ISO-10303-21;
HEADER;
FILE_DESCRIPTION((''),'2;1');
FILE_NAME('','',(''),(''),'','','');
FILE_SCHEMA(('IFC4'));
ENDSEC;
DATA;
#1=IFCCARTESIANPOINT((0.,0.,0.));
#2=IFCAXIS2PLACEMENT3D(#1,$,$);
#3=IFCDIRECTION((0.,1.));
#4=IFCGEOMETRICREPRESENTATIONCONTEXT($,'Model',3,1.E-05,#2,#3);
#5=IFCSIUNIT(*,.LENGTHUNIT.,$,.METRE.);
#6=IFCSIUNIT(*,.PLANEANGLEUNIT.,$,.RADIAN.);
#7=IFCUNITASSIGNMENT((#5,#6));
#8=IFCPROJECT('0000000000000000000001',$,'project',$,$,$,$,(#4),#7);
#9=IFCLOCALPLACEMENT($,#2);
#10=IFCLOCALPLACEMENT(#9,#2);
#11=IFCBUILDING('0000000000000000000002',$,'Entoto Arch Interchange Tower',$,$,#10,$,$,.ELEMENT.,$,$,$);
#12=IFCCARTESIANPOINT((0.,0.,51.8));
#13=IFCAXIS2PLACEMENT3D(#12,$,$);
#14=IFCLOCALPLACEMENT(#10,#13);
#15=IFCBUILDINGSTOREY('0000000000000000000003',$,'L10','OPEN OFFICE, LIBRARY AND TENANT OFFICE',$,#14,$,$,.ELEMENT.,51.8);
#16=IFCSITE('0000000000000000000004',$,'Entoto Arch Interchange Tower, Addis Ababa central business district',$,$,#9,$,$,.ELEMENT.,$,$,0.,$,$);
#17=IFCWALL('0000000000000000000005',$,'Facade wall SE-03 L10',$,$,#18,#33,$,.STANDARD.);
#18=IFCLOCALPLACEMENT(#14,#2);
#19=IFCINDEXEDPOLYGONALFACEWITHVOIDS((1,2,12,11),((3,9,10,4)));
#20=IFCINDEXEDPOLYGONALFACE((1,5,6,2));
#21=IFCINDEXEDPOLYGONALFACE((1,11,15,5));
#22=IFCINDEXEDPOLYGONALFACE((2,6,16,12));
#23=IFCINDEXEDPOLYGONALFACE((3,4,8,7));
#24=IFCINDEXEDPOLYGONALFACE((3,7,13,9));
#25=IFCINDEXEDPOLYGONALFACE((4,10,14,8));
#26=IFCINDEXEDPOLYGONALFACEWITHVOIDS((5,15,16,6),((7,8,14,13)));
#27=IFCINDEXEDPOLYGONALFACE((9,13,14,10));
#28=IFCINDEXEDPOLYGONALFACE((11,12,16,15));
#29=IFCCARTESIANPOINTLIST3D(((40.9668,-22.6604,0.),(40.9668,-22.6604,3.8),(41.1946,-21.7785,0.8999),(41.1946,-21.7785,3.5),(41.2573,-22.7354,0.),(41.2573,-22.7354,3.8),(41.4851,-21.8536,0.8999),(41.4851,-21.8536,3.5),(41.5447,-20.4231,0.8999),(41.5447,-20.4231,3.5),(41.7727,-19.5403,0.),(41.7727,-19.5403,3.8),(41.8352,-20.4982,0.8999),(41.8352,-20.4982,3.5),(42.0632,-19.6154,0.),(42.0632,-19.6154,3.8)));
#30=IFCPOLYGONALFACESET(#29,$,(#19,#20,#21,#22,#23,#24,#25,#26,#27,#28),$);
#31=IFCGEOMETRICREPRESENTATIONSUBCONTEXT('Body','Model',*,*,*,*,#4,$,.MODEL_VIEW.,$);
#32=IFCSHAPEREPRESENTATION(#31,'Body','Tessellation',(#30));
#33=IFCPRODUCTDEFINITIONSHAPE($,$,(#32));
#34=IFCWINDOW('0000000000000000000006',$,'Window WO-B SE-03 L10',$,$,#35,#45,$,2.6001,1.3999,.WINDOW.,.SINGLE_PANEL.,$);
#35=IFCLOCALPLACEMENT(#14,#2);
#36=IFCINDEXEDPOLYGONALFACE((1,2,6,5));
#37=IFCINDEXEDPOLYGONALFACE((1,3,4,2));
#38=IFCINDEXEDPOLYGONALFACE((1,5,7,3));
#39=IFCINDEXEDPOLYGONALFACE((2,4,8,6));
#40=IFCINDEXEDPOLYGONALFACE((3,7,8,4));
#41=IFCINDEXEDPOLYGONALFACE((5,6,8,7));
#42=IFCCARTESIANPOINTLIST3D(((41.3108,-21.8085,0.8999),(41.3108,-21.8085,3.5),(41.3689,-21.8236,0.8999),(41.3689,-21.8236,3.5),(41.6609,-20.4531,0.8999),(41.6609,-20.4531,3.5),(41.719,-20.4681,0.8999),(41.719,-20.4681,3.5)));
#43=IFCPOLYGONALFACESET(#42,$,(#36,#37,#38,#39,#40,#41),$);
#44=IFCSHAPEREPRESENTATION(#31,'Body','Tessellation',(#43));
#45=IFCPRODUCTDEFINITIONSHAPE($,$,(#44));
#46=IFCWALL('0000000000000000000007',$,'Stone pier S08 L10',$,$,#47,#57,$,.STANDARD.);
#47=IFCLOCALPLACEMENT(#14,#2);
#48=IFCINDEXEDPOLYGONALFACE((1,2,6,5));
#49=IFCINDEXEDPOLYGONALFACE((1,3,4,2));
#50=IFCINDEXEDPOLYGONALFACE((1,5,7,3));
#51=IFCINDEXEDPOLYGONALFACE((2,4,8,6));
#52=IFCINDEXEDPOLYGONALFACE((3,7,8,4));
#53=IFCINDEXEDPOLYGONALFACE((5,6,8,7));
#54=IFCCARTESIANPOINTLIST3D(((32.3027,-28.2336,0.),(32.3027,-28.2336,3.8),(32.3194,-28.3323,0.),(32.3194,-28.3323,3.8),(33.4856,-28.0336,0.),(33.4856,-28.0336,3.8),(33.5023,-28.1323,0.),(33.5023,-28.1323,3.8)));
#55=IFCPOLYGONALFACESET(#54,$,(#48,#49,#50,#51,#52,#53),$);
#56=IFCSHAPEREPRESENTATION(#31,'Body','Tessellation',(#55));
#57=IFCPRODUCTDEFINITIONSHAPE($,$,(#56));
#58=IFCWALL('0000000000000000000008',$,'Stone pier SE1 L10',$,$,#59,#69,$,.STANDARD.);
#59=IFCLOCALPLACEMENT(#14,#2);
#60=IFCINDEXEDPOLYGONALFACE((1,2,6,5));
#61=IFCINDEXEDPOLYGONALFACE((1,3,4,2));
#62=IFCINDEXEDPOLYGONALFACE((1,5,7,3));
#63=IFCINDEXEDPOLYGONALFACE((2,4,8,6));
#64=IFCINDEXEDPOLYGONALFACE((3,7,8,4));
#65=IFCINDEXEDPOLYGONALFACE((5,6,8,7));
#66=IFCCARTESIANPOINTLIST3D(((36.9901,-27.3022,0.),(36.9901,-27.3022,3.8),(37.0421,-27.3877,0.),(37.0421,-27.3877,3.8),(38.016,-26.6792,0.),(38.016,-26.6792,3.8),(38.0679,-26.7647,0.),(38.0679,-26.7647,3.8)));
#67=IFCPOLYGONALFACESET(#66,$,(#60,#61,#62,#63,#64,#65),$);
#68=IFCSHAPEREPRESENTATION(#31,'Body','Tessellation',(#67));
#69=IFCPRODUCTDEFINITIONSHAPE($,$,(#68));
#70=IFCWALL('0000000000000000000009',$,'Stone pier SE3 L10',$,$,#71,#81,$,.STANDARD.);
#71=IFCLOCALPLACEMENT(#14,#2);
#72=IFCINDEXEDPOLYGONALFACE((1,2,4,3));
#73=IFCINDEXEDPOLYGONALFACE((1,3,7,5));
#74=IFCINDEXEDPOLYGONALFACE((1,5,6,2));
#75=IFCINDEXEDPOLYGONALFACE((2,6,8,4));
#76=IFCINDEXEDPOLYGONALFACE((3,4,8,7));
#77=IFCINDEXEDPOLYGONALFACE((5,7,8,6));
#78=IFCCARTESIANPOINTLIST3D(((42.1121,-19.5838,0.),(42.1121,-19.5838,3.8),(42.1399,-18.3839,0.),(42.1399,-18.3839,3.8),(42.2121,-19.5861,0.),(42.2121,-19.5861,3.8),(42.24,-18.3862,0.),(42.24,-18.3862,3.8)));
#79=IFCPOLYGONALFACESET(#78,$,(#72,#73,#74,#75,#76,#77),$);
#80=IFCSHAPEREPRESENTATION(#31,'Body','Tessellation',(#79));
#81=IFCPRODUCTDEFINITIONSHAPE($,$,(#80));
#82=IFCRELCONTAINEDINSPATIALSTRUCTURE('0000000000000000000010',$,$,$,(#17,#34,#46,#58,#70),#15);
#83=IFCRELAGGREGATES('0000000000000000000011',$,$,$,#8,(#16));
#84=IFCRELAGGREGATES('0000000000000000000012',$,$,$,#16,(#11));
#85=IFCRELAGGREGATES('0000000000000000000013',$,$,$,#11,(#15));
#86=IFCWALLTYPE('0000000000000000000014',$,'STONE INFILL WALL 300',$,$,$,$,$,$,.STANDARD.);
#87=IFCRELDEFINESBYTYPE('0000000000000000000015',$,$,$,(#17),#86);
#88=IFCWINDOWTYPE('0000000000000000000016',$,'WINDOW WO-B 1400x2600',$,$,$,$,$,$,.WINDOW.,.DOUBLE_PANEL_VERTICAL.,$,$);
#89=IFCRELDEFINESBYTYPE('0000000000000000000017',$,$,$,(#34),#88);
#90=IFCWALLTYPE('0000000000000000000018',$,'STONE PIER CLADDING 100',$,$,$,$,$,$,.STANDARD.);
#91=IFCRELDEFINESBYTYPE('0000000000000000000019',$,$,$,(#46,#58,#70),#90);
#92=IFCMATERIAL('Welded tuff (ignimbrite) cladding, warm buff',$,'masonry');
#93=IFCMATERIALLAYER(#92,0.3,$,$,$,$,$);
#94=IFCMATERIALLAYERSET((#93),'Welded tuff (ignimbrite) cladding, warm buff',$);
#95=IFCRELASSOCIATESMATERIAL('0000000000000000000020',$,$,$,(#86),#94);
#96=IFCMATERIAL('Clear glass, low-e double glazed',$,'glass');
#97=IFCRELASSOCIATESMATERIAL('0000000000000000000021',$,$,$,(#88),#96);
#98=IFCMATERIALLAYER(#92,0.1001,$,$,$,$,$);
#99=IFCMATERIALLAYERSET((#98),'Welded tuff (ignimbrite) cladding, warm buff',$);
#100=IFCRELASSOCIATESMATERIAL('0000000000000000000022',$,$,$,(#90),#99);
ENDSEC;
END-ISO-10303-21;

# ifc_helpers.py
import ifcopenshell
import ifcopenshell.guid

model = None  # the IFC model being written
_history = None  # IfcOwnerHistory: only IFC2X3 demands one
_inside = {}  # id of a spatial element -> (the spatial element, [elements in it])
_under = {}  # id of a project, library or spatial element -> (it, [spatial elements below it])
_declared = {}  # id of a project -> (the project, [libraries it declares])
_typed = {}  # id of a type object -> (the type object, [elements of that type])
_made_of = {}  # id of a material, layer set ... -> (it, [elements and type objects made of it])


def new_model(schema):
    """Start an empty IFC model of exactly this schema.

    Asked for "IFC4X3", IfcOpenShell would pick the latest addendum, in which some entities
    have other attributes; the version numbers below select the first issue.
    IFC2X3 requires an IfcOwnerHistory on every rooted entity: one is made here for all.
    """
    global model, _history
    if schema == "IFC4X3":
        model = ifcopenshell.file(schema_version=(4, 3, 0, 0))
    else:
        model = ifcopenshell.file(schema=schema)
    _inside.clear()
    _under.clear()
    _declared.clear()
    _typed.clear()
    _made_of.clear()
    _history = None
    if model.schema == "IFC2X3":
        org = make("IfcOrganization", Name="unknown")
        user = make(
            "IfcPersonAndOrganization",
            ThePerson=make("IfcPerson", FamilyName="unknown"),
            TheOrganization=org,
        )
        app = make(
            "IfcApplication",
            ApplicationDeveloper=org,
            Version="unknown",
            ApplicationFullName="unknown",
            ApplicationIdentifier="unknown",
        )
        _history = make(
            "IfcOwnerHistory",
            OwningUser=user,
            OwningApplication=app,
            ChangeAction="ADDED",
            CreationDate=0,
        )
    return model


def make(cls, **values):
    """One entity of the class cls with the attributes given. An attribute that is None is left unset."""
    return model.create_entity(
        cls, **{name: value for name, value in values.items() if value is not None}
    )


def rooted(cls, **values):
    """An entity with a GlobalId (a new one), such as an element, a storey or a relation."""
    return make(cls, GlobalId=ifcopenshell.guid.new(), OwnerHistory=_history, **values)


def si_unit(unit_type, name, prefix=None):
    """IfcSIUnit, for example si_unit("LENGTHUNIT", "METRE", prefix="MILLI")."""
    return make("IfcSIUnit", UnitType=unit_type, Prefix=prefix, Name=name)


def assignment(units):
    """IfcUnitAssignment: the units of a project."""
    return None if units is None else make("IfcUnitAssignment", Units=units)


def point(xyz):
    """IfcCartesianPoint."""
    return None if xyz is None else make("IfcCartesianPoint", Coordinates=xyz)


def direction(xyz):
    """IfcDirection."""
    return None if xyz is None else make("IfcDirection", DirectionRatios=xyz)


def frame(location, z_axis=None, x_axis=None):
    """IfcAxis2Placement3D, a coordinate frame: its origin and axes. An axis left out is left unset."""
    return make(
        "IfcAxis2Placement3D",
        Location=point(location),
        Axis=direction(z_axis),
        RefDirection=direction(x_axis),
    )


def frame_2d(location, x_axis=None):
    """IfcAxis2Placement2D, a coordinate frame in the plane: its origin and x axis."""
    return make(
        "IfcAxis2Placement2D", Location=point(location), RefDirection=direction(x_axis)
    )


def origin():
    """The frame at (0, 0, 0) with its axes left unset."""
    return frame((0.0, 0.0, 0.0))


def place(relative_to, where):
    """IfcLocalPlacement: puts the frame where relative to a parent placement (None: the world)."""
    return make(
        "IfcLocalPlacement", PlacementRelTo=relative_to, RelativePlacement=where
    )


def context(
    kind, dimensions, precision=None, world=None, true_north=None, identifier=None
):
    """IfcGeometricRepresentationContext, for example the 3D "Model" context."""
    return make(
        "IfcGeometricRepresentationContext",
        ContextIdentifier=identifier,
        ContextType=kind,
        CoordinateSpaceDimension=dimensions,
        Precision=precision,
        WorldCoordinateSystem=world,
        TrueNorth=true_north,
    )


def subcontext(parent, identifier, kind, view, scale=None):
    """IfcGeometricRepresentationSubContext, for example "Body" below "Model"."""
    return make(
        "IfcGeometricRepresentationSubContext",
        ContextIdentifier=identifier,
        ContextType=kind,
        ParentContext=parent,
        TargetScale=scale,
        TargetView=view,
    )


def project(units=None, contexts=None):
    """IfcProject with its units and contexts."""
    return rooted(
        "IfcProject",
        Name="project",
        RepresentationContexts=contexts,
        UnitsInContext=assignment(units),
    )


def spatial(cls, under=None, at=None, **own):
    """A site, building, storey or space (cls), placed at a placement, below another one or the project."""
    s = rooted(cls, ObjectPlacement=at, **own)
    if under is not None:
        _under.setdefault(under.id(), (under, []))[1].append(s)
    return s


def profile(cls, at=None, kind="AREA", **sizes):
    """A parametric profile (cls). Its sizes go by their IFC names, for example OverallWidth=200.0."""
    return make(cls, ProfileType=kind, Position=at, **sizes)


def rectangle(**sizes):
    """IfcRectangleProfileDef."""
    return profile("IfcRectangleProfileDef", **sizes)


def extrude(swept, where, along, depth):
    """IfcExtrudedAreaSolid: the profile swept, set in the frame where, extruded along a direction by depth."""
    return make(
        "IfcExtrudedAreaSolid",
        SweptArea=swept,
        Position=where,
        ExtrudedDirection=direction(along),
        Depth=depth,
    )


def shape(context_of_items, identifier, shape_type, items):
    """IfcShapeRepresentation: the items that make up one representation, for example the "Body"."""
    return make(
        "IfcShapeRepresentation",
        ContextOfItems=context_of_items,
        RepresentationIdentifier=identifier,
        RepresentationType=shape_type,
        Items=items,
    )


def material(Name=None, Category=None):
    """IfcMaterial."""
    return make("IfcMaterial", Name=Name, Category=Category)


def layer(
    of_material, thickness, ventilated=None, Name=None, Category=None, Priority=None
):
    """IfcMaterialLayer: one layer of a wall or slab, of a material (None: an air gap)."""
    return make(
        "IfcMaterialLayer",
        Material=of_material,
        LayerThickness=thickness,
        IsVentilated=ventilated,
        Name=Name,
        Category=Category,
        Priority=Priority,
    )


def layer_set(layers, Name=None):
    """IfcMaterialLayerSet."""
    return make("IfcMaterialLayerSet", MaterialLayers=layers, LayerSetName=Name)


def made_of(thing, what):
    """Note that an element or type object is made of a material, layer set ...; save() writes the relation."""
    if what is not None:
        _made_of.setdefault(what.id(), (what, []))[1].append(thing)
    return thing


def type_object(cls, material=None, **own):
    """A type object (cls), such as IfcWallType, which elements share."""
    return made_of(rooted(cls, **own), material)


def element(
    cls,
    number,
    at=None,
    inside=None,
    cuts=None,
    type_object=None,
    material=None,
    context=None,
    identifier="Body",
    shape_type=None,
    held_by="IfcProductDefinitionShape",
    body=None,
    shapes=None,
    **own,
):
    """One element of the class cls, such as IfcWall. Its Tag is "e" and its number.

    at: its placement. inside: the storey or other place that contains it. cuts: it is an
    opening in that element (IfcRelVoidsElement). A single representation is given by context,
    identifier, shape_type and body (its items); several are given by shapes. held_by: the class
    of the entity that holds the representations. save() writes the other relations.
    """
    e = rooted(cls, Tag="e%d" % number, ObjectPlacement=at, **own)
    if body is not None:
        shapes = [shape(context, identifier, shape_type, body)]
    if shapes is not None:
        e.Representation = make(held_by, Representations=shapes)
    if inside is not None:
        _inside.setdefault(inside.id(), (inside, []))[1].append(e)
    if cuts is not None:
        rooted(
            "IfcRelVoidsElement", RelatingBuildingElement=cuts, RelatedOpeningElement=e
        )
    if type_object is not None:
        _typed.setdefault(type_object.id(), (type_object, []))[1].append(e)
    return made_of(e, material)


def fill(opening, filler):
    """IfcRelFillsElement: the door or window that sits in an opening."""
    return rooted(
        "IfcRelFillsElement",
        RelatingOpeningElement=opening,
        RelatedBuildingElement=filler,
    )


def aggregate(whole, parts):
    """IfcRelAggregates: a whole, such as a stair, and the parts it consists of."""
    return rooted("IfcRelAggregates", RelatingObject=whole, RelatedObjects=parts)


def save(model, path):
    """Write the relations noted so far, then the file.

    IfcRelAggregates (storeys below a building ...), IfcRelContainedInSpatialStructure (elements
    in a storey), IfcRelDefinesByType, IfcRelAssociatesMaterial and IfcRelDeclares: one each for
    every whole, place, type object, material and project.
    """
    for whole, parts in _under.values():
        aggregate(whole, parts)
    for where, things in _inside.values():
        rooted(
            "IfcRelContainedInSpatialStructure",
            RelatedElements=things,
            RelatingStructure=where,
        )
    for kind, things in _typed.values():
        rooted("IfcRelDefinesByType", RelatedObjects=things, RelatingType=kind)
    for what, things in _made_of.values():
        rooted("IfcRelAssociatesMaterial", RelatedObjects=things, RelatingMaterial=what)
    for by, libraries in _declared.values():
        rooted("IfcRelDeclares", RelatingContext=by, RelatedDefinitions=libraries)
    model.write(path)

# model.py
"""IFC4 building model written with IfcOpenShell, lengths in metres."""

from ifc_helpers import new_model, si_unit, direction, frame, frame_2d, origin, place, context, subcontext, project, spatial, rectangle, extrude, material, layer, layer_set, type_object, element, fill, save


model = new_model("IFC4")

# Units and contexts
model_context = context("Model", 3, precision=1e-05, world=origin(), true_north=direction((0.0, 1.0)))
body_context = subcontext(model_context, "Body", "Model", "MODEL_VIEW")
ifc_project = project(units=[si_unit("LENGTHUNIT", "METRE"), si_unit("PLANEANGLEUNIT", "RADIAN")], contexts=[model_context])

# Site, building, storey
site_placement = place(None, origin())
site = spatial("IfcSite", under=ifc_project, at=site_placement, Name="Entoto Arch Interchange Tower, Addis Ababa central business district", CompositionType="ELEMENT", RefElevation=0.0)
building_placement = place(site_placement, origin())
building = spatial("IfcBuilding", under=site, at=building_placement, Name="Entoto Arch Interchange Tower", CompositionType="ELEMENT")
storey_placement = place(building_placement, frame((0.0, 0.0, 51.8)))
storey = spatial("IfcBuildingStorey", under=building, at=storey_placement, Name="L10", Description="OPEN OFFICE, LIBRARY AND TENANT OFFICE", CompositionType="ELEMENT", Elevation=51.8)

# Wall, opening, window
ifc_material_1 = material(Name="Welded tuff (ignimbrite) cladding, warm buff", Category="masonry")
ifc_layer_1 = layer(ifc_material_1, 0.3)
ifc_layer_set_1 = layer_set([ifc_layer_1], Name="Welded tuff (ignimbrite) cladding, warm buff")
wall_type_1 = type_object("IfcWallType", Name="STONE INFILL WALL 300", PredefinedType="STANDARD", material=ifc_layer_set_1)
ifc_material_2 = material(Name="Clear glass, low-e double glazed", Category="glass")
window_type = type_object("IfcWindowType", Name="WINDOW WO-B 1400x2600", PartitioningType="DOUBLE_PANEL_VERTICAL", PredefinedType="WINDOW", material=ifc_material_2)
wall_1_placement = place(storey_placement, frame((41.1121, -22.698, 0.0), z_axis=(0.0, 0.0, 1.0), x_axis=(0.250087, 0.968223, 0.0)))
wall_1 = element("IfcWall", 1, at=wall_1_placement, inside=storey, type_object=wall_type_1, Name="Facade wall SE-03 L10", PredefinedType="STANDARD", context=body_context, shape_type="SweptSolid", body=[
    extrude(rectangle(XDim=3.2224, YDim=0.3, at=frame_2d((1.6113, 0.0))), origin(), (0.0, 0.0, 1.0), 3.8),
])
opening_1_placement = place(wall_1_placement, frame((0.9109, 0.0, 0.8999)))
opening_1 = element("IfcOpeningElement", 2, at=opening_1_placement, cuts=wall_1, PredefinedType="OPENING", context=body_context, shape_type="SweptSolid", body=[
    extrude(rectangle(XDim=1.3999, YDim=2.6001, at=frame_2d((0.7, 1.3))), frame((0.0, 0.1602, 0.0), z_axis=(0.0, -1.0, 0.0), x_axis=(1.0, 0.0, 0.0)), (0.0, 0.0, 1.0), 0.3201),
])
window_1_placement = place(opening_1_placement, origin())
window_1 = element("IfcWindow", 3, at=window_1_placement, inside=storey, type_object=window_type, Name="Window WO-B SE-03 L10", OverallHeight=2.6001, OverallWidth=1.3999, PartitioningType="SINGLE_PANEL", PredefinedType="WINDOW", context=body_context, shape_type="SweptSolid", body=[
    extrude(rectangle(XDim=1.3999, YDim=2.6001, at=frame_2d((0.7, 1.3))), frame((0.0, 0.03, 0.0), z_axis=(0.0, -1.0, 0.0), x_axis=(1.0, 0.0, 0.0)), (0.0, 0.0, 1.0), 0.0601),
])
fill(opening_1, window_1)

# Walls
ifc_layer_2 = layer(ifc_material_1, 0.1001)
ifc_layer_set_2 = layer_set([ifc_layer_2], Name="Welded tuff (ignimbrite) cladding, warm buff")
wall_type_2 = type_object("IfcWallType", Name="STONE PIER CLADDING 100", PredefinedType="STANDARD", material=ifc_layer_set_2)
wall_2_placement = place(storey_placement, frame((32.311, -28.283, 0.0), z_axis=(0.0, 0.0, 1.0), x_axis=(0.986012, 0.166676, 0.0)))
element("IfcWall", 4, at=wall_2_placement, inside=storey, type_object=wall_type_2, Name="Stone pier S08 L10", PredefinedType="STANDARD", context=body_context, shape_type="SweptSolid", body=[
    extrude(rectangle(XDim=1.1997, YDim=0.1001, at=frame_2d((0.5999, 0.0))), origin(), (0.0, 0.0, 1.0), 3.8),
])
for number, where, z_axis, x_axis, name in (
    (5, (37.0161, -27.345, 0.0), (0.0, 0.0, 1.0), (0.854717, 0.519095, 0.0), "Stone pier SE1 L10"),
    (6, (42.1621, -19.585, 0.0), (0.0, 0.0, 1.0), (0.023188, 0.999731, 0.0), "Stone pier SE3 L10"),
):
    element("IfcWall", number, at=place(storey_placement, frame(where, z_axis=z_axis, x_axis=x_axis)), inside=storey, type_object=wall_type_2, Name=name, PredefinedType="STANDARD", context=body_context, shape_type="SweptSolid", body=[
        extrude(rectangle(XDim=1.2002, YDim=0.1001, at=frame_2d((0.6001, 0.0))), origin(), (0.0, 0.0, 1.0), 3.8),
    ])

save(model, "model.ifc")
